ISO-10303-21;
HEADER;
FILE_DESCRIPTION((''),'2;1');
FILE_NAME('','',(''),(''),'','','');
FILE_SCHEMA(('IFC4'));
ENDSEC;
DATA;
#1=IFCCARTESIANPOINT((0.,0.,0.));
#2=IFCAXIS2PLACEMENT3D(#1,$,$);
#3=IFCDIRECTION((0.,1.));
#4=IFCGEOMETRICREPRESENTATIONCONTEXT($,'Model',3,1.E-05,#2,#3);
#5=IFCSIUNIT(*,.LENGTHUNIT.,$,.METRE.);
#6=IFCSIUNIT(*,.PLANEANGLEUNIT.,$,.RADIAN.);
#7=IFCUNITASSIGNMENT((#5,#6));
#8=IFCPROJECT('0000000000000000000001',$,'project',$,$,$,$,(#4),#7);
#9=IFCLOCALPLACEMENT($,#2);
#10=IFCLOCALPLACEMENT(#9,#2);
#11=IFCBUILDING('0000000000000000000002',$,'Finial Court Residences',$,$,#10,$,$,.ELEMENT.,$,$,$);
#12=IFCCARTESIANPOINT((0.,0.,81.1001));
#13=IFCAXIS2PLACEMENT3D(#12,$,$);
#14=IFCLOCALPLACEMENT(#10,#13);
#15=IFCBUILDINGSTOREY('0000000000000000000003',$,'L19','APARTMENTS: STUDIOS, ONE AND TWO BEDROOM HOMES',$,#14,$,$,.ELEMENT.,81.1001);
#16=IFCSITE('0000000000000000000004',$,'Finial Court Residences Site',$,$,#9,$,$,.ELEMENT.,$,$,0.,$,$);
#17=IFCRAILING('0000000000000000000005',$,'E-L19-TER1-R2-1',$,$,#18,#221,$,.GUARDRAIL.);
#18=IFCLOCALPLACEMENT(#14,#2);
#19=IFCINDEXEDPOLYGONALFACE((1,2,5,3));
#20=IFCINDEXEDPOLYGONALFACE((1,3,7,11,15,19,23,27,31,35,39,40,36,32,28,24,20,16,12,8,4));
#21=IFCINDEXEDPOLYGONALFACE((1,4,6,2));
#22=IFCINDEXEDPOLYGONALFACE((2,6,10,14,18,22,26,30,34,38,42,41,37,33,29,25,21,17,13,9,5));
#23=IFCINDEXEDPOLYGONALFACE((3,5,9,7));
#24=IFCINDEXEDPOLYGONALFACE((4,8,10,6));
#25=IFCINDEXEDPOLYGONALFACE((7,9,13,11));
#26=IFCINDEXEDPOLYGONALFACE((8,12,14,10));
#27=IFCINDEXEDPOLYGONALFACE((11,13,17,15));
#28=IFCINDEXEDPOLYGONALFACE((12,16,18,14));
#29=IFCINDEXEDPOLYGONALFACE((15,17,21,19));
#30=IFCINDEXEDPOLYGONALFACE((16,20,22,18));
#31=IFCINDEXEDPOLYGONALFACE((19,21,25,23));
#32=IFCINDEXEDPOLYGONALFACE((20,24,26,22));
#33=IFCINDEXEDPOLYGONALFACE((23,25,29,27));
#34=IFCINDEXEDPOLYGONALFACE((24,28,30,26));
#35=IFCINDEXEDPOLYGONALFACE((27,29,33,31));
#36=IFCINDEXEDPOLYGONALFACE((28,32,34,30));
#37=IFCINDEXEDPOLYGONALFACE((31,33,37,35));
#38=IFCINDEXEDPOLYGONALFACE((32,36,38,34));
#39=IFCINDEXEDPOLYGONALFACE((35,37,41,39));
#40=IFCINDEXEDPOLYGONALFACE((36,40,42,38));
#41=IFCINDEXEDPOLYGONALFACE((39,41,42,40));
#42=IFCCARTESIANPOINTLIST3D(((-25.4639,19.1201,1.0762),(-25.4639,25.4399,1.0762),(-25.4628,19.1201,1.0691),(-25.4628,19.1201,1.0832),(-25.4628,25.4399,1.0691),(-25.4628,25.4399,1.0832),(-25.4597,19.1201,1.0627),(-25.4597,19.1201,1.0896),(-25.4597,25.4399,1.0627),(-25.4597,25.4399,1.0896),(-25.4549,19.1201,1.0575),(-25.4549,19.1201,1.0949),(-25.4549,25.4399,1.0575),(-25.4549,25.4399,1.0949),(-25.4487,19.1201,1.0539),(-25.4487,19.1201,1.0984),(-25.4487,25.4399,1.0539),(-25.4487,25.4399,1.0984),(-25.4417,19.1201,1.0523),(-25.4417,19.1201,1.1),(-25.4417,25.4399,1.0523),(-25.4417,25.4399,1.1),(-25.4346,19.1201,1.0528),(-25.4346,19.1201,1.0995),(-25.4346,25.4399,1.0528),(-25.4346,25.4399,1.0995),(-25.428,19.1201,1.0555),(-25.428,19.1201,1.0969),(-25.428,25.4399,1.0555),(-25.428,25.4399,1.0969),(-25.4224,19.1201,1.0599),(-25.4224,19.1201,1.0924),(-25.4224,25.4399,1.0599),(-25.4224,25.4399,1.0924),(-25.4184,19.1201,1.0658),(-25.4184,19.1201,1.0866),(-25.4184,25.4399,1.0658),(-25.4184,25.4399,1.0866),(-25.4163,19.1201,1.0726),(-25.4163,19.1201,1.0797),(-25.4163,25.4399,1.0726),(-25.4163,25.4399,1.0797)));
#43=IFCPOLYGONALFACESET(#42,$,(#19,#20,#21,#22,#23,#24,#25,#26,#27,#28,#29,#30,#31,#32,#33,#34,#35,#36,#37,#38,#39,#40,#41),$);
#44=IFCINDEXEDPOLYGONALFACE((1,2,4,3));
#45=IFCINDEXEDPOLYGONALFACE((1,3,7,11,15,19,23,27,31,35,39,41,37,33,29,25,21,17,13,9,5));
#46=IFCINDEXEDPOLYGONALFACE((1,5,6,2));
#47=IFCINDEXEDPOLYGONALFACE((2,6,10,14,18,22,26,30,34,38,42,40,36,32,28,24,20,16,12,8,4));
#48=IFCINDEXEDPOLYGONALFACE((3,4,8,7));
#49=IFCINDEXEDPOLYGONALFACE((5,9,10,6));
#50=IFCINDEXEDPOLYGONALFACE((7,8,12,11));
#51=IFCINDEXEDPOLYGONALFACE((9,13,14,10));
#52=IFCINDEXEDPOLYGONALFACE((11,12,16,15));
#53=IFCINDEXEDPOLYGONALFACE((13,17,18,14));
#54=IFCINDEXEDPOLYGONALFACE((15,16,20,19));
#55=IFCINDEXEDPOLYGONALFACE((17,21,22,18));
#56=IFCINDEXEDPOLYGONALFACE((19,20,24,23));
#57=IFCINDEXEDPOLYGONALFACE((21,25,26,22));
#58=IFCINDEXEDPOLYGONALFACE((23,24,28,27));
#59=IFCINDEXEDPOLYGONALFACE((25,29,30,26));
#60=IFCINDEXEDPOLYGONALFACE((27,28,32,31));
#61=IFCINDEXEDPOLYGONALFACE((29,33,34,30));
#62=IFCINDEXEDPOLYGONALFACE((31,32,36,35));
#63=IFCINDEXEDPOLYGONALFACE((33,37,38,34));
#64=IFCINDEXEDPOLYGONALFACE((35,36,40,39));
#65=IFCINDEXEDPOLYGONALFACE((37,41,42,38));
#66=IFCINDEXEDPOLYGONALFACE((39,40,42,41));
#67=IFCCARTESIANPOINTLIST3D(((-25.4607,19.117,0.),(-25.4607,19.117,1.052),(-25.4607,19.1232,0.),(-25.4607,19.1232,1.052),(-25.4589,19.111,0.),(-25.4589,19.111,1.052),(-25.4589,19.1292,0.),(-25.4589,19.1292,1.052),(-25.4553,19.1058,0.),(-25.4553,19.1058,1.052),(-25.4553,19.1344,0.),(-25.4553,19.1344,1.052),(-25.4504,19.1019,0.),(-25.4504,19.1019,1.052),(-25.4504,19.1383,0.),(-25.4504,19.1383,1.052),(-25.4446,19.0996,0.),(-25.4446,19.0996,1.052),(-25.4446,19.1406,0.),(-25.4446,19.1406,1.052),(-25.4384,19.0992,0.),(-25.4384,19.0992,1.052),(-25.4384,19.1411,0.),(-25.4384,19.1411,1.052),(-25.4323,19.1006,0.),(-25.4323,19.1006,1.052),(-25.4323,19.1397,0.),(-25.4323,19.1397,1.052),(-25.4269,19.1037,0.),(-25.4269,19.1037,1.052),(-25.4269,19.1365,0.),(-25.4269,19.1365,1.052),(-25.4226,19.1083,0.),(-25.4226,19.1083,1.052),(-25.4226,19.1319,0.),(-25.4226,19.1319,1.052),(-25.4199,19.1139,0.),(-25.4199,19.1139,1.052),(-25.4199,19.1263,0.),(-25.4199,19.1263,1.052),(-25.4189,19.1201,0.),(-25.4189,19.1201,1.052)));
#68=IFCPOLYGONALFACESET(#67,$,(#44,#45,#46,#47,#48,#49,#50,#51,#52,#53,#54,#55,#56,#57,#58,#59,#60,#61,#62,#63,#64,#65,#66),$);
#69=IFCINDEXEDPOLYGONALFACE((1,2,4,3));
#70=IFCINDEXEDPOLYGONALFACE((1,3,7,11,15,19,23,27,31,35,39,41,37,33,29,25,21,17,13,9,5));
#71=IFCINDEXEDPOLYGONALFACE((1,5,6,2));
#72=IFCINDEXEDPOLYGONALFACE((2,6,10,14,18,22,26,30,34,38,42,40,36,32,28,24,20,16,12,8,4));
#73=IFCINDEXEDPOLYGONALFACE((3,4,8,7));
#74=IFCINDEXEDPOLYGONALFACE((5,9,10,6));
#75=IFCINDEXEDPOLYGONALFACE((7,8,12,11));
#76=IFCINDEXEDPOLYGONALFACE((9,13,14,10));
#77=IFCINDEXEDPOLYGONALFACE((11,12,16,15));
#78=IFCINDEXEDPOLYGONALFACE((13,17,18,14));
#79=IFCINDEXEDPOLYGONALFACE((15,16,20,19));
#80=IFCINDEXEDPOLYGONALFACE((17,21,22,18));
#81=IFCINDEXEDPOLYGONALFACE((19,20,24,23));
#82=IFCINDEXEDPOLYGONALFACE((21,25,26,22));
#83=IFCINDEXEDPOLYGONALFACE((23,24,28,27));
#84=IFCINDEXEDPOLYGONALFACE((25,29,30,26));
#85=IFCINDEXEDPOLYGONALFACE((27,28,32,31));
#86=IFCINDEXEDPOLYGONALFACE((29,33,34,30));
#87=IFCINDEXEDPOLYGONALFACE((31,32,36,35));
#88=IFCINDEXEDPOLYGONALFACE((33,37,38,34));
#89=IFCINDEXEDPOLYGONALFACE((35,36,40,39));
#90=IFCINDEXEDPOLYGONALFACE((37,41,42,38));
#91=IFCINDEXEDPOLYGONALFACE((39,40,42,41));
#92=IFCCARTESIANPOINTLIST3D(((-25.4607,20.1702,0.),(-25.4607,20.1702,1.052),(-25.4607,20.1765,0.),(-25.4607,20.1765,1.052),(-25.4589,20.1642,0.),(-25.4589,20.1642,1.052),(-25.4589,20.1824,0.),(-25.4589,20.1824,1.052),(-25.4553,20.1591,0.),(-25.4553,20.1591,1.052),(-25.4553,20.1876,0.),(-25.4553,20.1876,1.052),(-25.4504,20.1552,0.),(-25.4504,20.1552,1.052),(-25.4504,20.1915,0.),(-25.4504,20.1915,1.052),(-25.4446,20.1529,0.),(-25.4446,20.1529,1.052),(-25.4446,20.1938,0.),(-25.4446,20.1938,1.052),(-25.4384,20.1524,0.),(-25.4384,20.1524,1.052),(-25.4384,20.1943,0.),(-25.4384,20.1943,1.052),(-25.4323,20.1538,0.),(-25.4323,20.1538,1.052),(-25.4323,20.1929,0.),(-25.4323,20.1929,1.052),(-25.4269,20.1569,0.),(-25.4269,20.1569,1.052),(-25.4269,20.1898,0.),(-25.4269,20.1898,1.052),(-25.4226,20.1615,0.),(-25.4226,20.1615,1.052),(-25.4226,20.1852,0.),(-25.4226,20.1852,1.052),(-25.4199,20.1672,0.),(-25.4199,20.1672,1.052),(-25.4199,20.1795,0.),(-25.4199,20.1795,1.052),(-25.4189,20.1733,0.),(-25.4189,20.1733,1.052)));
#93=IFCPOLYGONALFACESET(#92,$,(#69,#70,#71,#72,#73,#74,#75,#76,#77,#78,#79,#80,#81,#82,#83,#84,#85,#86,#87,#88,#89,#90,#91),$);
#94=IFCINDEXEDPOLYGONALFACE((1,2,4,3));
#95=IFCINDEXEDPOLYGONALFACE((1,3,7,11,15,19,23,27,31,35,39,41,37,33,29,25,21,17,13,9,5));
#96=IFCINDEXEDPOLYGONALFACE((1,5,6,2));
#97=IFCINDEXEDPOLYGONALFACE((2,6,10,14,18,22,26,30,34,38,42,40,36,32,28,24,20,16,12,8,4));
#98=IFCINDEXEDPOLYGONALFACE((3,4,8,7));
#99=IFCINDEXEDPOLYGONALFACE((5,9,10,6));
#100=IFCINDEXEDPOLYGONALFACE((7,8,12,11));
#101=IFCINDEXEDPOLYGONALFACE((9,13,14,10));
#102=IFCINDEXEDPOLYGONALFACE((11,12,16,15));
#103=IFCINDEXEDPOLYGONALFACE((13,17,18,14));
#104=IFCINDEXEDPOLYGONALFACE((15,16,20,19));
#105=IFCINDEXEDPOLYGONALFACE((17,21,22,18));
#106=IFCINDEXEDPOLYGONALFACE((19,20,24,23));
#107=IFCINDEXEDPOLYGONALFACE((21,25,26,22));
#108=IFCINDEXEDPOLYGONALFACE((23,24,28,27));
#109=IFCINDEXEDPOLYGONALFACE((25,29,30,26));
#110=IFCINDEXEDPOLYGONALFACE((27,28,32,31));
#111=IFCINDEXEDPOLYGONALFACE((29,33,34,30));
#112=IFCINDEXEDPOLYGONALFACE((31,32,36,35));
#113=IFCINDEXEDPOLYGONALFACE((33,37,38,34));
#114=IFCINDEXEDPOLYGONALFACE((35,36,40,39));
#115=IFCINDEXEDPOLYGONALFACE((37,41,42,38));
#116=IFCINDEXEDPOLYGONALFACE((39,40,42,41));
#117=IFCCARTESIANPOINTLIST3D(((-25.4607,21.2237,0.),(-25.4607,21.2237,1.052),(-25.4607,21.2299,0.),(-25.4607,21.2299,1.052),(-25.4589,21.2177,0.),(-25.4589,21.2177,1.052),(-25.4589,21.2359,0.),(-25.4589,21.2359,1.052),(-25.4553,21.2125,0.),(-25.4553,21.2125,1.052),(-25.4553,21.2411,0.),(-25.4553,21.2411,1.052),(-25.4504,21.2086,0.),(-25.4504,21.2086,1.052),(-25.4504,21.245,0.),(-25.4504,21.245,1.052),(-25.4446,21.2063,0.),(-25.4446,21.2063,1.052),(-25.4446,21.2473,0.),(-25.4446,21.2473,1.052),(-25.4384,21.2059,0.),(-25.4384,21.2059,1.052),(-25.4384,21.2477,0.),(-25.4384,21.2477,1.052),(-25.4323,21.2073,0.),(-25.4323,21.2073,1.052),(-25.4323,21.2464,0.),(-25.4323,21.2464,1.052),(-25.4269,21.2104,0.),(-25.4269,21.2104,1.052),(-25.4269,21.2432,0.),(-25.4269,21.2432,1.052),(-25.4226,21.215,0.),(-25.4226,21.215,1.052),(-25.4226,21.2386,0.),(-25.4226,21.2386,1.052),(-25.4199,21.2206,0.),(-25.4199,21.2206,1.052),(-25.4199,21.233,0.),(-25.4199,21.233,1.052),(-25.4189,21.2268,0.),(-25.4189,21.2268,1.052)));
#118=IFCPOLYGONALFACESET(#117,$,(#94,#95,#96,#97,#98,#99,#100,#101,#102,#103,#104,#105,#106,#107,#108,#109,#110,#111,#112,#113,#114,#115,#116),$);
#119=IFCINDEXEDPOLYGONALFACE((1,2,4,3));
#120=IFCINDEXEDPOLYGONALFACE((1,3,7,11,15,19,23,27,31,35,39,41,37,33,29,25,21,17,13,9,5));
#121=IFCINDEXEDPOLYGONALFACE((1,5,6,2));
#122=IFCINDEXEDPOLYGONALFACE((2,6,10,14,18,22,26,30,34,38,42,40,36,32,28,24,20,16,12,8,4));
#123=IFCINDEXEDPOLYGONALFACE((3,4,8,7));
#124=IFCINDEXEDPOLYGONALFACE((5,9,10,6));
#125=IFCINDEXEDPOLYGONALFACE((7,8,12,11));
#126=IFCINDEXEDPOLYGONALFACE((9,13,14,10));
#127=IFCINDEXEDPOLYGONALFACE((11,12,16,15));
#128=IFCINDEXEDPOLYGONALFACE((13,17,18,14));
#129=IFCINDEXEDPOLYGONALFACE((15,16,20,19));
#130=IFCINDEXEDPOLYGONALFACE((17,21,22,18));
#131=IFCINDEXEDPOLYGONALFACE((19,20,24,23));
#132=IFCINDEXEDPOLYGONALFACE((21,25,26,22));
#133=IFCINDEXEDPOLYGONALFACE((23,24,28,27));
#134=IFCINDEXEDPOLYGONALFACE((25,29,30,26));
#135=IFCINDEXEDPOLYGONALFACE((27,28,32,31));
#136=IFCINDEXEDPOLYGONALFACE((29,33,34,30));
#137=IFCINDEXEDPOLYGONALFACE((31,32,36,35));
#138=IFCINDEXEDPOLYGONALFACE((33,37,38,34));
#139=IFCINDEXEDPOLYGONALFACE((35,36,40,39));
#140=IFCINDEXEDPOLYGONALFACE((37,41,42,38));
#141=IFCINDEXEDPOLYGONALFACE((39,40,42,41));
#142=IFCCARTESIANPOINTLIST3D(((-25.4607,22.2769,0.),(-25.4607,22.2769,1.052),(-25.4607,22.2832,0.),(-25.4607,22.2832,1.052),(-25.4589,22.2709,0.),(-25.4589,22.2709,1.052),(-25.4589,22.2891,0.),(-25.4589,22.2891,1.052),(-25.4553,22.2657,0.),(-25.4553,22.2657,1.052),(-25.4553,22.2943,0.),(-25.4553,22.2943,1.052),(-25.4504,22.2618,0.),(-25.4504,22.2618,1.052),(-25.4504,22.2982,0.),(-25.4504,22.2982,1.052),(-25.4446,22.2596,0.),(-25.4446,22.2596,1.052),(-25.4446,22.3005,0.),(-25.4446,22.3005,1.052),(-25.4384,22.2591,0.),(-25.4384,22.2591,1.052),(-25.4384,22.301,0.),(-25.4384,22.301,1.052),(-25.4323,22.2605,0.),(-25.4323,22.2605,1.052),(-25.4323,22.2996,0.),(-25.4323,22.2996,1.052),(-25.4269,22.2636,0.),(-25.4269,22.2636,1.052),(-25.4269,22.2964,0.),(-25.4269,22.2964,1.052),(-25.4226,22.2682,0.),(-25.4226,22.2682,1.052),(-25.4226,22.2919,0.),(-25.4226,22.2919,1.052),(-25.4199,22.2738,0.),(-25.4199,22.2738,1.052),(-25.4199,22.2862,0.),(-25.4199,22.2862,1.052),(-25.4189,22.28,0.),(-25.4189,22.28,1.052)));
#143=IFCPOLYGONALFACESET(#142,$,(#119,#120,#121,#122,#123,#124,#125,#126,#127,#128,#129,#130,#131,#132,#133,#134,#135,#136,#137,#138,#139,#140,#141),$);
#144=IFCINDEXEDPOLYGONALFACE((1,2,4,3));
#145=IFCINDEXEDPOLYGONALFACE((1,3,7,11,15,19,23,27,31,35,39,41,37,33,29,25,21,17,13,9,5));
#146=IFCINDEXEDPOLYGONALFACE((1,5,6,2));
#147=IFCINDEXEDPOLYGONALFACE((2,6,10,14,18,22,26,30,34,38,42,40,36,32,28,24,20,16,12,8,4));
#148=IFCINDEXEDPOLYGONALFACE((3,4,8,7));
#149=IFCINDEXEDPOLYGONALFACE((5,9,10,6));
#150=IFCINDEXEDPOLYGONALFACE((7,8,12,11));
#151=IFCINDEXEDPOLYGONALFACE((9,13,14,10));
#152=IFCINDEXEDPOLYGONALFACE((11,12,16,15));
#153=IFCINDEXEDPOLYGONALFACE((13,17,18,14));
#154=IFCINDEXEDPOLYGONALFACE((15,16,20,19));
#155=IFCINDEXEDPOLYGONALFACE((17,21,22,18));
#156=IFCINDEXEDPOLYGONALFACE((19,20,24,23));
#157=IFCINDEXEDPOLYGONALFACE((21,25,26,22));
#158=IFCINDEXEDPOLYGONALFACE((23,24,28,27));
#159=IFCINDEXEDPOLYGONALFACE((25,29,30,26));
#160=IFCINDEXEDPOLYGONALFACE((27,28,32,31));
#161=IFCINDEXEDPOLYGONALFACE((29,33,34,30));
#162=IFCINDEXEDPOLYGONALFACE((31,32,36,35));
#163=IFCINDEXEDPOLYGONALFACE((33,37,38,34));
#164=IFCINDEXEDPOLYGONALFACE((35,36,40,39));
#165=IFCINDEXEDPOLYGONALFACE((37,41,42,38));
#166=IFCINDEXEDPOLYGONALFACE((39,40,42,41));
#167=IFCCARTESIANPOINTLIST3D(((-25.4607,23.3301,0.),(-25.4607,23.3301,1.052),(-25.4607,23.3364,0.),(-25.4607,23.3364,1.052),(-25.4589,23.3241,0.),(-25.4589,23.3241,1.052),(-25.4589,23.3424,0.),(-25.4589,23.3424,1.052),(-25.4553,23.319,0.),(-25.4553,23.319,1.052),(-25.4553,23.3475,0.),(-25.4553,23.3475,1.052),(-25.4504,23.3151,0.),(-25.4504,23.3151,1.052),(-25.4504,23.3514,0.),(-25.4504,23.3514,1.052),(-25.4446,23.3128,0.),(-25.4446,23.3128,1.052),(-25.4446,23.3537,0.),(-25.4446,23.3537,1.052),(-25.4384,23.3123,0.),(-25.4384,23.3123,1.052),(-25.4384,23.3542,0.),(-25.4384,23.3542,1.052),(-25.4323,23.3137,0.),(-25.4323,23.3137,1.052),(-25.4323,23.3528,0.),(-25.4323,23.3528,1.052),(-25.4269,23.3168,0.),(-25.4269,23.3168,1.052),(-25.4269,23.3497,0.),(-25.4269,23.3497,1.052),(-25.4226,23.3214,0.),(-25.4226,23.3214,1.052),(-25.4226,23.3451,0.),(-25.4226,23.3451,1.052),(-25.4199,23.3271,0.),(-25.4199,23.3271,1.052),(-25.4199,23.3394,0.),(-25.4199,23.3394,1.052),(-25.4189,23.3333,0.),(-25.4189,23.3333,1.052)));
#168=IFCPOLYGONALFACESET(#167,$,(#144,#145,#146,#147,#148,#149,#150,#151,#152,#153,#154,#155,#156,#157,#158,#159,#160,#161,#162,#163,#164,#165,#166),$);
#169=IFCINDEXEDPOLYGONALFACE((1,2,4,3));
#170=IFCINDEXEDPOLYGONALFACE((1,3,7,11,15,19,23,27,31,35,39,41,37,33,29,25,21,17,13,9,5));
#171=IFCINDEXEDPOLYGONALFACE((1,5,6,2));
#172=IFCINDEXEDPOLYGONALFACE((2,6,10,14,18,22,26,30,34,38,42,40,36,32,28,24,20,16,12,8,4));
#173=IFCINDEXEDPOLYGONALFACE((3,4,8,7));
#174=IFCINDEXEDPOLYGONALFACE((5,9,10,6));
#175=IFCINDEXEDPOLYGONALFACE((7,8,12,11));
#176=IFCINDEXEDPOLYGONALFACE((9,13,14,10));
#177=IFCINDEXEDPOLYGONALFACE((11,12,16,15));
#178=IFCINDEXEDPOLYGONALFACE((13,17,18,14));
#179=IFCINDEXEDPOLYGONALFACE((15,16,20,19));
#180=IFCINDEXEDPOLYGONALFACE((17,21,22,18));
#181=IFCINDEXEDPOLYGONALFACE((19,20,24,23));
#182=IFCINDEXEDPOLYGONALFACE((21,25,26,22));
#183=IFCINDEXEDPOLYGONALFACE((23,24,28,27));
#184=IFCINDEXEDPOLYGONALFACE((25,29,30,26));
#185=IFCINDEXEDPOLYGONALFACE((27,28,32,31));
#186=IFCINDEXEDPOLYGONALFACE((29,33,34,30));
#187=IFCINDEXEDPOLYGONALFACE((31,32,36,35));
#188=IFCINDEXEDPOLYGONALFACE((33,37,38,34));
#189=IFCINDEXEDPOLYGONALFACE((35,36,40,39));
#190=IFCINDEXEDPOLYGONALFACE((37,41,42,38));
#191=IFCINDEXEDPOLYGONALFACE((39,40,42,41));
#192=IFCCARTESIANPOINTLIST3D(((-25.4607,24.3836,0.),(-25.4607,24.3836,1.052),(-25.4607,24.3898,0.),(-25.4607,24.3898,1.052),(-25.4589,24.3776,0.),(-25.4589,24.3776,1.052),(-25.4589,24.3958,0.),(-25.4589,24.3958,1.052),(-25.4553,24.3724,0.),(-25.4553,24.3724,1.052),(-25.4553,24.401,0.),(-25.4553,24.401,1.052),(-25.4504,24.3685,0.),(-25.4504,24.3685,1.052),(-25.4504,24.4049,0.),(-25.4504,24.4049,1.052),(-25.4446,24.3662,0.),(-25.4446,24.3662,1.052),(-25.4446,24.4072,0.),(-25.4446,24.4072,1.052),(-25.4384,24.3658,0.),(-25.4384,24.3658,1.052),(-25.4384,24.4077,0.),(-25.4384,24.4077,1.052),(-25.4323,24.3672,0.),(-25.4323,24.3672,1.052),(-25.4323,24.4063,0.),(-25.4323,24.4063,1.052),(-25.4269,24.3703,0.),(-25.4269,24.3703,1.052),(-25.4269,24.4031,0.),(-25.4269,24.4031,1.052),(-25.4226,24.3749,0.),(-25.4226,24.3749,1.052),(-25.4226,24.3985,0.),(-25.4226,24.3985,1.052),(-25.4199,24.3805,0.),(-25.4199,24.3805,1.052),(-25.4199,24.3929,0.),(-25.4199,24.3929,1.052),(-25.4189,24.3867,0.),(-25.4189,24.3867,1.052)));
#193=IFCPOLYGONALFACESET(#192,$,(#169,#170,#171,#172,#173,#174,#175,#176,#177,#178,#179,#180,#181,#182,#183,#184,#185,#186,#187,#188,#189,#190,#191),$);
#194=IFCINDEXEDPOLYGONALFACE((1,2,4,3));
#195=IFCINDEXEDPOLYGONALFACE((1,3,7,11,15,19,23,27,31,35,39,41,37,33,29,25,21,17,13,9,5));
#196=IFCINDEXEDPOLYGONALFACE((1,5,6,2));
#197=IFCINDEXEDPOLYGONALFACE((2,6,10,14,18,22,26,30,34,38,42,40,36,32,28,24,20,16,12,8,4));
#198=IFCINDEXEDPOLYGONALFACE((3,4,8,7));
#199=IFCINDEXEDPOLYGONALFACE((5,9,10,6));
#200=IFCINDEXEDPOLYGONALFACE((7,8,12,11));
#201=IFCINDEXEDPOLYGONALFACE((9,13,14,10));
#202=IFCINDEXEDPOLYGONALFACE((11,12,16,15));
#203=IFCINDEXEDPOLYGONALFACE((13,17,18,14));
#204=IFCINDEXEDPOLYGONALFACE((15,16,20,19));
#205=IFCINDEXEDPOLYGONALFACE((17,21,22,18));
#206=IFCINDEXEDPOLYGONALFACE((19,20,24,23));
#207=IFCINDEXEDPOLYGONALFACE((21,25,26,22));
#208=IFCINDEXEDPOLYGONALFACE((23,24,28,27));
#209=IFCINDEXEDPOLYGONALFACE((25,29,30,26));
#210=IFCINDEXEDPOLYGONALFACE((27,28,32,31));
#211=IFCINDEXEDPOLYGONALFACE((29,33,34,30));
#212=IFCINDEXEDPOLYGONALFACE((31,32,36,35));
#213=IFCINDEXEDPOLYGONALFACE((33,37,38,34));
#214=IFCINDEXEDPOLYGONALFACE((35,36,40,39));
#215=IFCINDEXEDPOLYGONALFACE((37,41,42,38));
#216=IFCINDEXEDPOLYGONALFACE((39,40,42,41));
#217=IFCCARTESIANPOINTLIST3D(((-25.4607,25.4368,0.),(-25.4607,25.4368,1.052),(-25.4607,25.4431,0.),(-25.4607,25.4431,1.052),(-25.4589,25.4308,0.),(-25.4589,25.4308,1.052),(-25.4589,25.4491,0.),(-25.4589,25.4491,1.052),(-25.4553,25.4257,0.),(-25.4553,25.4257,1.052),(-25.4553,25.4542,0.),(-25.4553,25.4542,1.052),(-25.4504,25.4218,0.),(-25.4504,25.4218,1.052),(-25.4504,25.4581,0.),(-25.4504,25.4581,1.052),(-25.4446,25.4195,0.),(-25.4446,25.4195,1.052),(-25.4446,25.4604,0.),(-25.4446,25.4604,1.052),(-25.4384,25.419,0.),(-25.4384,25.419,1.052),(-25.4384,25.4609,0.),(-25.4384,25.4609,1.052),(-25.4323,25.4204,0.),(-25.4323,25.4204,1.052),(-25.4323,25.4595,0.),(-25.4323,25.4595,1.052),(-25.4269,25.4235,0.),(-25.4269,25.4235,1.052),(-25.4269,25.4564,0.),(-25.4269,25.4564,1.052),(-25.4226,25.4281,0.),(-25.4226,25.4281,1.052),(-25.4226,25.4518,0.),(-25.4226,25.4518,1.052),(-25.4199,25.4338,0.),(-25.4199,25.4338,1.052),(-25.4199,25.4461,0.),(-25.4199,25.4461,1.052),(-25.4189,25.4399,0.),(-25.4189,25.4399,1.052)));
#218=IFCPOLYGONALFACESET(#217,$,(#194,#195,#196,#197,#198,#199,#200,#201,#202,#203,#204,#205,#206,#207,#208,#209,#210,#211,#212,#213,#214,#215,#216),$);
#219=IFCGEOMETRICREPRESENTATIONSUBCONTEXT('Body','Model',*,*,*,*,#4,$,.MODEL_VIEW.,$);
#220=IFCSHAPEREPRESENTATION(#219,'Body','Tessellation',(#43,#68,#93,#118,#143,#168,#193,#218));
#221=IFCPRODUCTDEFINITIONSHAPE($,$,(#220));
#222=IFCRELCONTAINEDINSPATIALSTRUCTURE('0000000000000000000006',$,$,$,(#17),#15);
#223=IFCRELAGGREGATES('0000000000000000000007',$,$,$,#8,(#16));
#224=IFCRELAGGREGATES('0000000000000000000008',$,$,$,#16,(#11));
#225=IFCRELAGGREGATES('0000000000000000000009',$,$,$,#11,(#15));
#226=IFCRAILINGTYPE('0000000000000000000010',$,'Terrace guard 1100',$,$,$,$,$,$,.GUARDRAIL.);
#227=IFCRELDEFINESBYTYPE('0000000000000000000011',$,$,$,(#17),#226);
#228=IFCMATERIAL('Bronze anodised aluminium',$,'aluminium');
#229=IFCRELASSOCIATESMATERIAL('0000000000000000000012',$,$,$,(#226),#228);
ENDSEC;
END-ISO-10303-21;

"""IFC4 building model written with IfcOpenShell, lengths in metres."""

from ifc_helpers import new_model, si_unit, direction, frame, origin, origin_2d, place, context, subcontext, project, spatial, circle, extrude, material, type_object, element, save


model = new_model("IFC4")

# Units and contexts
model_context = context("Model", 3, precision=1e-05, world=origin(), true_north=direction((0.0, 1.0)))
body_context = subcontext(model_context, "Body", "Model", "MODEL_VIEW")
ifc_project = project(units=[si_unit("LENGTHUNIT", "METRE"), si_unit("PLANEANGLEUNIT", "RADIAN")], contexts=[model_context])

# Site, building, storey
site_placement = place(None, origin())
site = spatial("IfcSite", under=ifc_project, at=site_placement, Name="Finial Court Residences Site", CompositionType="ELEMENT", RefElevation=0.0)
building_placement = place(site_placement, origin())
building = spatial("IfcBuilding", under=site, at=building_placement, Name="Finial Court Residences", CompositionType="ELEMENT")
storey_placement = place(building_placement, frame((0.0, 0.0, 81.1001)))
storey = spatial("IfcBuildingStorey", under=building, at=storey_placement, Name="L19", Description="APARTMENTS: STUDIOS, ONE AND TWO BEDROOM HOMES", CompositionType="ELEMENT", Elevation=81.1001)

# Shared definitions
ifc_material_1 = material(Name="Bronze anodised aluminium", Category="aluminium")

# Railing
railing_type_1 = type_object("IfcRailingType", Name="Terrace guard 1100", PredefinedType="GUARDRAIL", material=ifc_material_1)
railing_1_placement = place(storey_placement, frame((-25.4399, 19.1201, 0.0)))
element("IfcRailing", 1, at=railing_1_placement, inside=storey, type_object=railing_type_1, Name="E-L19-TER1-R2-1", PredefinedType="GUARDRAIL", context=body_context, shape_type="SweptSolid", body=[
    extrude(circle(Radius=0.0239, at=origin_2d()), frame((0.0, 0.0, 1.0762), z_axis=(0.0, 1.0, 0.0), x_axis=(-1.0, 0.0, 0.0)), (0.0, 0.0, 1.0), 6.3198),
    extrude(circle(Radius=0.021, at=origin_2d()), origin(), (0.0, 0.0, 1.0), 1.052),
    extrude(circle(Radius=0.021, at=origin_2d()), frame((0.0, 1.0532, 0.0)), (0.0, 0.0, 1.0), 1.052),
    extrude(circle(Radius=0.021, at=origin_2d()), frame((0.0, 2.1067, 0.0)), (0.0, 0.0, 1.0), 1.052),
    extrude(circle(Radius=0.021, at=origin_2d()), frame((0.0, 3.1599, 0.0)), (0.0, 0.0, 1.0), 1.052),
    extrude(circle(Radius=0.021, at=origin_2d()), frame((0.0, 4.2131, 0.0)), (0.0, 0.0, 1.0), 1.052),
    extrude(circle(Radius=0.021, at=origin_2d()), frame((0.0, 5.2666, 0.0)), (0.0, 0.0, 1.0), 1.052),
    extrude(circle(Radius=0.021, at=origin_2d()), frame((0.0, 6.3198, 0.0)), (0.0, 0.0, 1.0), 1.052),
])

save(model, "model.ifc")
